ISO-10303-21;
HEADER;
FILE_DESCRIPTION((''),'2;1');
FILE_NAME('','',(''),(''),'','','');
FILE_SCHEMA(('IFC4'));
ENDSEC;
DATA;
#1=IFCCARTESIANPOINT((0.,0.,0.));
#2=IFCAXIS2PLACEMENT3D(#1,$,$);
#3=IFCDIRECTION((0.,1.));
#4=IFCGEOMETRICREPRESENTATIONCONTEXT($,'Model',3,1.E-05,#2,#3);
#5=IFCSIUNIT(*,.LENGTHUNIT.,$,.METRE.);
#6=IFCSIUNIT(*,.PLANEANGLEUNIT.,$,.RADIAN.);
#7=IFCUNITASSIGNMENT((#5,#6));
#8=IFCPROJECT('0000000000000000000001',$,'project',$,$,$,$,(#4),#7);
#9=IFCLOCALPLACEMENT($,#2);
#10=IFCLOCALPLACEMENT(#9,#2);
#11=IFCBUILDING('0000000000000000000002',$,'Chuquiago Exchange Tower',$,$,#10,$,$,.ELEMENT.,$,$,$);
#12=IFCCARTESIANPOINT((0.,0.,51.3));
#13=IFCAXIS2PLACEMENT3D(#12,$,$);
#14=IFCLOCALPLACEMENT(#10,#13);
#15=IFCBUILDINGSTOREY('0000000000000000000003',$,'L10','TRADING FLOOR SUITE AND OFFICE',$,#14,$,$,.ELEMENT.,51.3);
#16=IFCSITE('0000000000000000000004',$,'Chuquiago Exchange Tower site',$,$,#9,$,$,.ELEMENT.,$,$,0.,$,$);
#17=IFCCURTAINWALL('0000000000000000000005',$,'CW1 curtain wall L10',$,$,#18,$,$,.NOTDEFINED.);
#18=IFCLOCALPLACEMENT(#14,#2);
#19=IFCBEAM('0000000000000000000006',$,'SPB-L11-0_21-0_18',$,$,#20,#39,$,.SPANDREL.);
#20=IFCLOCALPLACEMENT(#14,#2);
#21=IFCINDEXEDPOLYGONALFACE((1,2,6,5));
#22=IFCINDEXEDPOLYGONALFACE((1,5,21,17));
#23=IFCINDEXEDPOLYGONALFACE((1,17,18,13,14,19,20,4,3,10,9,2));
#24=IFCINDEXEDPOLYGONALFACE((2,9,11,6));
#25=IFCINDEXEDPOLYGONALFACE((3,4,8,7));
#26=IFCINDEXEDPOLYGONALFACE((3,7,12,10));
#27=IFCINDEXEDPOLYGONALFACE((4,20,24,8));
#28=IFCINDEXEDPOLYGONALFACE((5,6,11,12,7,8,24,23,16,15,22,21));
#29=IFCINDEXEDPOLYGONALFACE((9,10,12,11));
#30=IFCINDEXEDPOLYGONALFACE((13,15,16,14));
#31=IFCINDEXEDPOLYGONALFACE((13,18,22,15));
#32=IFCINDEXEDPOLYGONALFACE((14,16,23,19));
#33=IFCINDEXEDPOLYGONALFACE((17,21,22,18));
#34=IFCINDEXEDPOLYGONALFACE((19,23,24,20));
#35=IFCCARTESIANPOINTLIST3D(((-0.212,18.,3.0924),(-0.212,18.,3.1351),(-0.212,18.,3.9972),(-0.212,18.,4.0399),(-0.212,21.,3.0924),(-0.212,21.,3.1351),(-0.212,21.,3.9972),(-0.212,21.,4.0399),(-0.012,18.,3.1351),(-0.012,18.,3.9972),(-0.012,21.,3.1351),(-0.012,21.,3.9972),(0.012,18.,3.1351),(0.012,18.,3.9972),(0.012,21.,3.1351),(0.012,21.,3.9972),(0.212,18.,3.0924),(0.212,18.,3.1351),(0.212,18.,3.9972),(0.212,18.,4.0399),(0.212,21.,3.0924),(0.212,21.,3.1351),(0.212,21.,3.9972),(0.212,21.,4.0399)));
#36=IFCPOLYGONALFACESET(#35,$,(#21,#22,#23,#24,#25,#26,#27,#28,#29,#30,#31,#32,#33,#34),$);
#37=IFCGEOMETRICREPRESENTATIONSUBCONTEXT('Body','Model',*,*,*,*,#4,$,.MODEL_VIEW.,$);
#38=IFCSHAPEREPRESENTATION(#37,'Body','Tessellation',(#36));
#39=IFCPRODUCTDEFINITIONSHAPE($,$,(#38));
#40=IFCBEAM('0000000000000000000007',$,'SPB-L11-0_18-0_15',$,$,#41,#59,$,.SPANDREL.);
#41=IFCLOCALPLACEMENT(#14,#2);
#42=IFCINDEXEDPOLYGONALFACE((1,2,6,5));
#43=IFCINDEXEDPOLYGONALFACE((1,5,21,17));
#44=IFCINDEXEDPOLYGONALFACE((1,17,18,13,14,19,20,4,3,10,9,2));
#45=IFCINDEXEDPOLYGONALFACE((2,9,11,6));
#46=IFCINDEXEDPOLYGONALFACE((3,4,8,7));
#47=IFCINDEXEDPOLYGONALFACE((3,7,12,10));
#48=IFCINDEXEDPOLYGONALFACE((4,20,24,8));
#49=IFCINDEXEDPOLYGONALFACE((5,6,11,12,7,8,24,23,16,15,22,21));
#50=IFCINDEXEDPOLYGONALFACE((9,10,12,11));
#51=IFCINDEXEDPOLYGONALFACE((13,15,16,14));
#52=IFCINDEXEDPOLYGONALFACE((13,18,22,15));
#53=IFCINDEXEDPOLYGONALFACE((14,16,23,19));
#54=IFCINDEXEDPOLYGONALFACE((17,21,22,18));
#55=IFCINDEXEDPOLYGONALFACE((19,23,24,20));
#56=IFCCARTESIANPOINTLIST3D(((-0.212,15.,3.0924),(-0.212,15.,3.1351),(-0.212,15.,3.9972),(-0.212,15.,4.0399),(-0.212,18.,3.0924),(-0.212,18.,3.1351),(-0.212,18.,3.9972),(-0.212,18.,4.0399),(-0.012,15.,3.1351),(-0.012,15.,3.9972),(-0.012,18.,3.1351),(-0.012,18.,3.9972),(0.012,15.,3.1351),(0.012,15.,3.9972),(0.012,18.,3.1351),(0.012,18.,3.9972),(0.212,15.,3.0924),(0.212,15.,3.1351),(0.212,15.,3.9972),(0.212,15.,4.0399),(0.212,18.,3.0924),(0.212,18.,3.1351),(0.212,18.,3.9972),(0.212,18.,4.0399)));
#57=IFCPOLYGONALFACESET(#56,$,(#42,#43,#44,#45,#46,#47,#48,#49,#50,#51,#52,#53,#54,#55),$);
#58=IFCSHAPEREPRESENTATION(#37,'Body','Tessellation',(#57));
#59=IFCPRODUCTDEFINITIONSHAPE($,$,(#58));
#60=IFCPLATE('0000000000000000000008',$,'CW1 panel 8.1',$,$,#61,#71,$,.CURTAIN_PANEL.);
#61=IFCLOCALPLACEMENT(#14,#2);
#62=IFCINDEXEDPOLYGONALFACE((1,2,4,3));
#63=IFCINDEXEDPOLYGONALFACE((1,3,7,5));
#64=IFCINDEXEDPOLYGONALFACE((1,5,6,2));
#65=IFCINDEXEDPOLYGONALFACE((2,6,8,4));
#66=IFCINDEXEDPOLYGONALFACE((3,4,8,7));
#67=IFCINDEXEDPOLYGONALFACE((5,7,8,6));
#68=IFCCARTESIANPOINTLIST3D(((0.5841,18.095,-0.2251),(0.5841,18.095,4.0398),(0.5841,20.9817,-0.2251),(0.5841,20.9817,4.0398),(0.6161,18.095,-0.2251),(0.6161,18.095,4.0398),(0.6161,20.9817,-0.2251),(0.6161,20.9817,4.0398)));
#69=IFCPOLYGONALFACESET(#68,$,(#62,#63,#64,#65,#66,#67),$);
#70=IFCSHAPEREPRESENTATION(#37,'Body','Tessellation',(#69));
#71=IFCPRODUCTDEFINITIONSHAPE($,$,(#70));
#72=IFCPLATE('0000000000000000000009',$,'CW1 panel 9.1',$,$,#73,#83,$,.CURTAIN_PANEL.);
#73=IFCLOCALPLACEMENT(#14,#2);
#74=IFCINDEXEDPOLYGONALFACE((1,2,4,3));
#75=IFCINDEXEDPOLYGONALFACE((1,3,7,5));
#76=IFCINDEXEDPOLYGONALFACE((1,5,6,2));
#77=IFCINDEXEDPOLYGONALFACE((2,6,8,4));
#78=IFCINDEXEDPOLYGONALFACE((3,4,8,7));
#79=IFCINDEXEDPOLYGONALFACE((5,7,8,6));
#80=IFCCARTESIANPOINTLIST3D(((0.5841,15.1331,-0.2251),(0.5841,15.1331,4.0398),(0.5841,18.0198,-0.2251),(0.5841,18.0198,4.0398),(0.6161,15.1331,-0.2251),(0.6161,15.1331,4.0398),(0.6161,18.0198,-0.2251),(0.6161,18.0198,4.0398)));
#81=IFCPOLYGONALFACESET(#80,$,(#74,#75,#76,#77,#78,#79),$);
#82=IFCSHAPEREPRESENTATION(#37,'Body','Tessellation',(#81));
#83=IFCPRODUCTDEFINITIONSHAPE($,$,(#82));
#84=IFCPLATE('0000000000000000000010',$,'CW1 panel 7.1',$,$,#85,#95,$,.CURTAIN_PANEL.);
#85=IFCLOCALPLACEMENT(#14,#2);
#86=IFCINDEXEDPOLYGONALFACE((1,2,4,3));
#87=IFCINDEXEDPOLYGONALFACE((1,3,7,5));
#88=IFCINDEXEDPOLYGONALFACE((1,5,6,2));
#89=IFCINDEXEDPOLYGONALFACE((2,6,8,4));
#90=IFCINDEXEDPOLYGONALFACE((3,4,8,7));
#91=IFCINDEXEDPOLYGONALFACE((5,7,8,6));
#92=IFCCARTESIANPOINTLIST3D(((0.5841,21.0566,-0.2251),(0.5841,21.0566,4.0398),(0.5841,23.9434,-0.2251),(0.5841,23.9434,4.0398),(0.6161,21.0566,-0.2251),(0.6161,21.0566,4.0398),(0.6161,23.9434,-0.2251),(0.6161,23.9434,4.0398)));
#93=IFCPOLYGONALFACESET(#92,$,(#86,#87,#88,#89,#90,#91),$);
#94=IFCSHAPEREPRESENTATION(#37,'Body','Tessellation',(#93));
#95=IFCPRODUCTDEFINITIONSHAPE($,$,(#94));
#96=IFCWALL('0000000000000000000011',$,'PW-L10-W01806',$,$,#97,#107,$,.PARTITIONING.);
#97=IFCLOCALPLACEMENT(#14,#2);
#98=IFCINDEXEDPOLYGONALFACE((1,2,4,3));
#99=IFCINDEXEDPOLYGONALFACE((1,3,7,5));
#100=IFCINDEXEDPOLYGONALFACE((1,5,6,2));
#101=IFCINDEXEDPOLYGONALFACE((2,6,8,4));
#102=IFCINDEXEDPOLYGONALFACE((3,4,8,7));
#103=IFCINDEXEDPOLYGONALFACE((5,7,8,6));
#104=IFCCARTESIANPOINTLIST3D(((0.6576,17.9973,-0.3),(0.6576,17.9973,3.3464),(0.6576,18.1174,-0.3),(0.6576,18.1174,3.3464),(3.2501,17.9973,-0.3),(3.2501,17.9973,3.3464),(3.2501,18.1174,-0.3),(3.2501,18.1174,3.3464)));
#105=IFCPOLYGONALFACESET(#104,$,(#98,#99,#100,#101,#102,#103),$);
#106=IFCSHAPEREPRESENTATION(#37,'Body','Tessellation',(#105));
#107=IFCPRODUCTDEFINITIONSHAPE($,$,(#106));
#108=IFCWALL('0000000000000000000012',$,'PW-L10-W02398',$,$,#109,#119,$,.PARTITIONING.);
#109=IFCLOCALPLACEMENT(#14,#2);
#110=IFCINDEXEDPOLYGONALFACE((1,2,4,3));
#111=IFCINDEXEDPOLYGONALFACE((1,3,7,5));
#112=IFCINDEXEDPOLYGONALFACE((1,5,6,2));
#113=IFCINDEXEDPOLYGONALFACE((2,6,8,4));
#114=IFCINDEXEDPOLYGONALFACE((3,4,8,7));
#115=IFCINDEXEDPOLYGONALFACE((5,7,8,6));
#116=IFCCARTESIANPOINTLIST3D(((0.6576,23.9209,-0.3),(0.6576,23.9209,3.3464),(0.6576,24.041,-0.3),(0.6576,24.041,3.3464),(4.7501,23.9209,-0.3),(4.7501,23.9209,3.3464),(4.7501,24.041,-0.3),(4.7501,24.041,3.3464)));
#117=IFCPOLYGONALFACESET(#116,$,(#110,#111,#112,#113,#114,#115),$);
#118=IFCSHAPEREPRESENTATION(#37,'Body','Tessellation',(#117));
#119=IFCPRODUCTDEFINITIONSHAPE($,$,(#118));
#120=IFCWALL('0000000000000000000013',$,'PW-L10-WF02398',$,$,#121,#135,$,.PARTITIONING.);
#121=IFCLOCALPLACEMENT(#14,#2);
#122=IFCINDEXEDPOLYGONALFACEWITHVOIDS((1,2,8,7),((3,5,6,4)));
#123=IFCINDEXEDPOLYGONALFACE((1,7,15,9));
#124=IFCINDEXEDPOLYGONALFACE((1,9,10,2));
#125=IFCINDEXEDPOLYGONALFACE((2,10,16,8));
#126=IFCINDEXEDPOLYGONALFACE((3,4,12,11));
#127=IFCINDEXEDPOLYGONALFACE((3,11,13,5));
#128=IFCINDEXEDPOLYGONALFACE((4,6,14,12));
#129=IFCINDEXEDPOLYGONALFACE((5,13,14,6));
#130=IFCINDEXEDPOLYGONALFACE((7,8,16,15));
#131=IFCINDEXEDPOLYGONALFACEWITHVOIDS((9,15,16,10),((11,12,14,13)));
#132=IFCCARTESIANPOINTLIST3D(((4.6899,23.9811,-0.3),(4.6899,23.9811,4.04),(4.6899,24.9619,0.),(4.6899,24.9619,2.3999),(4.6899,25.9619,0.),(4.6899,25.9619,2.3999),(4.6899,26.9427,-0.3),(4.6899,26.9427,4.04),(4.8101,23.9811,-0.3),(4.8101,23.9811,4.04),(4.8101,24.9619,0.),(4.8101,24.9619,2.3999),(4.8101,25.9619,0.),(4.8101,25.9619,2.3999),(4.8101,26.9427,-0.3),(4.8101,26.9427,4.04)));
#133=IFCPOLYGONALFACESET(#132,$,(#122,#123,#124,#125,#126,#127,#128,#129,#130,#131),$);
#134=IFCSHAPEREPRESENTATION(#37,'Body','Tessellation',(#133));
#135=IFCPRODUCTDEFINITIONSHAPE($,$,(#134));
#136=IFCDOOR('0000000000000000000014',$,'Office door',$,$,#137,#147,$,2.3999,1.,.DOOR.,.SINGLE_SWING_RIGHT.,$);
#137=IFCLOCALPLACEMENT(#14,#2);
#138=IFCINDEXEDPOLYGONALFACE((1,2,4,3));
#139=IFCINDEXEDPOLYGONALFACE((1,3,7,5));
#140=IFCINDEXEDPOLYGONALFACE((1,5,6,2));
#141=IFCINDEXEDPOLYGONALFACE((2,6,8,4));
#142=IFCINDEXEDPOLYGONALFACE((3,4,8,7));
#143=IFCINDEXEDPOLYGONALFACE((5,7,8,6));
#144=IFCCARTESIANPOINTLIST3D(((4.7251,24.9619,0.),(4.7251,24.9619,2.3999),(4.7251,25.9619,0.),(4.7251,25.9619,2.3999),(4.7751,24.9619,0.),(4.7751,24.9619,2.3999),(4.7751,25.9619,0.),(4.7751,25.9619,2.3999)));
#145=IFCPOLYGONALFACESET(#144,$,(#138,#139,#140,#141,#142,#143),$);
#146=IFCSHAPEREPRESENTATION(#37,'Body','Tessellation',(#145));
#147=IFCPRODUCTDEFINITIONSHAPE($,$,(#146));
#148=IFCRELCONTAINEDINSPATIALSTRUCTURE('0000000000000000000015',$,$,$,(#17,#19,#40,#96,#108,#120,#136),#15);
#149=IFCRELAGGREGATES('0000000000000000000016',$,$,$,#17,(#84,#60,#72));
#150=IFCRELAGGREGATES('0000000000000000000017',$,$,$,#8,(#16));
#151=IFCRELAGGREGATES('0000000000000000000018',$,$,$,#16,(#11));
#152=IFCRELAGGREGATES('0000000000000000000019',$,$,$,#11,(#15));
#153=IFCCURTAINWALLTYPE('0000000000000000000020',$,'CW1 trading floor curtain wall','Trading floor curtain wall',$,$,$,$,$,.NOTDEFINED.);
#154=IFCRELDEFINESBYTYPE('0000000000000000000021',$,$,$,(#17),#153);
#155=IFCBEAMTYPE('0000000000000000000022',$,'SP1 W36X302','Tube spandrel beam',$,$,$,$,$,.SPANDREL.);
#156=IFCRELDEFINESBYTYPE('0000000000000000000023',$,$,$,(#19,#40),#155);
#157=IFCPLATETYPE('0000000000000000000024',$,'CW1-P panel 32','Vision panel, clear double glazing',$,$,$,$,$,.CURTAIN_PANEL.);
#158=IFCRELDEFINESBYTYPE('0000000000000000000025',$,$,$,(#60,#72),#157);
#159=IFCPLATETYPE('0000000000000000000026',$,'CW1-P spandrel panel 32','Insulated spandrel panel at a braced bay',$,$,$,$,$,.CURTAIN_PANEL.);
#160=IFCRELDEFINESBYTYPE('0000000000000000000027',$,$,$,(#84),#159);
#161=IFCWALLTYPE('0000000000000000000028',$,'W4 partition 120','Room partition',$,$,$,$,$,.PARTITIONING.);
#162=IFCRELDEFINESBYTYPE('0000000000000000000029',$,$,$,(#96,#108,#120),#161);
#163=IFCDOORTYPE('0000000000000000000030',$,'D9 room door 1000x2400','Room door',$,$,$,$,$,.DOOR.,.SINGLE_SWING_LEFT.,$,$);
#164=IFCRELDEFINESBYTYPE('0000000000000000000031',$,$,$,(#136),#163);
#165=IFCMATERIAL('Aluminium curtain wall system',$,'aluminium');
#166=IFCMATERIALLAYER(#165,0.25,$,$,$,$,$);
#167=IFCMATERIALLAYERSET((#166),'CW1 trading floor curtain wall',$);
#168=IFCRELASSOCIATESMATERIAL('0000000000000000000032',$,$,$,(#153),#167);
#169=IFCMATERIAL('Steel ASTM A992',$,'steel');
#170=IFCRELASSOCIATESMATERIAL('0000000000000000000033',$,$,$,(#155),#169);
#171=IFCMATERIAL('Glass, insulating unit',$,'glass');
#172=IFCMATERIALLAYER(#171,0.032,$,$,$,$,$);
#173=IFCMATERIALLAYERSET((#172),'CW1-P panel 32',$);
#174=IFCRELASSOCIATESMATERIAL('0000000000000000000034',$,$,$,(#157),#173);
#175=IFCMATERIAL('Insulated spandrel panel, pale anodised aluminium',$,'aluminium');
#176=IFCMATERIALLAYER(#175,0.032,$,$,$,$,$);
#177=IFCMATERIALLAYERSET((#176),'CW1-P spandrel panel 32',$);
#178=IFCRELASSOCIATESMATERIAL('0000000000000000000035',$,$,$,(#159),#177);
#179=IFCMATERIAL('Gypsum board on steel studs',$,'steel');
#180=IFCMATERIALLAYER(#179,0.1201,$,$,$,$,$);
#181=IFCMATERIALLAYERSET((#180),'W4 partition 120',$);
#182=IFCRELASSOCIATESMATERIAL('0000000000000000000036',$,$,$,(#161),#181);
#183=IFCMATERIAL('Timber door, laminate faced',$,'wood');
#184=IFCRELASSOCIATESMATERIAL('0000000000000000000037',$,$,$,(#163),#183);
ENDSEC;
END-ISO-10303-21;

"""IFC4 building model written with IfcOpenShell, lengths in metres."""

from ifc_helpers import new_model, si_unit, direction, frame, frame_2d, origin, origin_2d, place, context, subcontext, project, spatial, rectangle, i_section, extrude, material, layer, layer_set, material_profile, profile_set, type_object, element, fill, aggregate, save


model = new_model("IFC4")

# Units and contexts
model_context = context("Model", 3, precision=1e-05, world=origin(), true_north=direction((0.0, 1.0)))
body_context = subcontext(model_context, "Body", "Model", "MODEL_VIEW")
ifc_project = project(units=[si_unit("LENGTHUNIT", "METRE"), si_unit("PLANEANGLEUNIT", "RADIAN")], contexts=[model_context])

# Site, building, storey
site_placement = place(None, origin())
site = spatial("IfcSite", under=ifc_project, at=site_placement, Name="Chuquiago Exchange Tower site", CompositionType="ELEMENT", RefElevation=0.0)
building_placement = place(site_placement, origin())
building = spatial("IfcBuilding", under=site, at=building_placement, Name="Chuquiago Exchange Tower", CompositionType="ELEMENT")
storey_placement = place(building_placement, frame((0.0, 0.0, 51.3)))
storey = spatial("IfcBuildingStorey", under=building, at=storey_placement, Name="L10", Description="TRADING FLOOR SUITE AND OFFICE", CompositionType="ELEMENT", Elevation=51.3)

# Curtain wall
ifc_material_1 = material(Name="Aluminium curtain wall system", Category="aluminium")
ifc_layer_1 = layer(ifc_material_1, 0.25)
ifc_layer_set_1 = layer_set([ifc_layer_1], Name="CW1 trading floor curtain wall")
curtain_wall_type = type_object("IfcCurtainWallType", Name="CW1 trading floor curtain wall", Description="Trading floor curtain wall", PredefinedType="NOTDEFINED", material=ifc_layer_set_1)
curtain_wall_placement = place(storey_placement, origin())
curtain_wall = element("IfcCurtainWall", 1, at=curtain_wall_placement, inside=storey, type_object=curtain_wall_type, Name="CW1 curtain wall L10", PredefinedType="NOTDEFINED")

# Beams
ifc_material_2 = material(Name="Steel ASTM A992", Category="steel")
ifc_material_profile_1 = material_profile(ifc_material_2, i_section(OverallWidth=0.4241, OverallDepth=0.9475, WebThickness=0.0239, FlangeThickness=0.0427, at=origin_2d()), Name="W36X302")
ifc_profile_set_1 = profile_set([ifc_material_profile_1], Name="Steel ASTM A992")
beam_type = type_object("IfcBeamType", Name="SP1 W36X302", Description="Tube spandrel beam", PredefinedType="SPANDREL", material=ifc_profile_set_1)
for number, where, z_axis, x_axis, name in (
    (2, (0.0, 21.0, 3.5662), (0.0, -1.0, 0.0), (1.0, 0.0, 0.0), "SPB-L11-0_21-0_18"),
    (3, (0.0, 18.0, 3.5662), (0.0, -1.0, 0.0), (1.0, 0.0, 0.0), "SPB-L11-0_18-0_15"),
):
    element("IfcBeam", number, at=place(storey_placement, frame(where, z_axis=z_axis, x_axis=x_axis)), inside=storey, type_object=beam_type, Name=name, PredefinedType="SPANDREL", context=body_context, shape_type="SweptSolid", body=[
        extrude(i_section(OverallWidth=0.4241, OverallDepth=0.9475, WebThickness=0.0239, FlangeThickness=0.0427, at=origin_2d()), origin(), (0.0, 0.0, 1.0), 3.0),
    ])

# Plates
ifc_material_3 = material(Name="Glass, insulating unit", Category="glass")
ifc_layer_2 = layer(ifc_material_3, 0.032)
ifc_layer_set_2 = layer_set([ifc_layer_2], Name="CW1-P panel 32")
plate_type_1 = type_object("IfcPlateType", Name="CW1-P panel 32", Description="Vision panel, clear double glazing", PredefinedType="CURTAIN_PANEL", material=ifc_layer_set_2)
plate_1_placement = place(storey_placement, frame((0.6001, 19.5383, -0.2251), z_axis=(0.0, 0.0, 1.0), x_axis=(0.0, -1.0, 0.0)))
plate_1 = element("IfcPlate", 4, at=plate_1_placement, type_object=plate_type_1, Name="CW1 panel 8.1", PredefinedType="CURTAIN_PANEL", context=body_context, shape_type="SweptSolid", body=[
    extrude(rectangle(XDim=2.8867, YDim=0.032, at=origin_2d()), origin(), (0.0, 0.0, 1.0), 4.2649),
])
plate_2_placement = place(storey_placement, frame((0.6001, 16.5764, -0.2251), z_axis=(0.0, 0.0, 1.0), x_axis=(0.0, -1.0, 0.0)))
plate_2 = element("IfcPlate", 5, at=plate_2_placement, type_object=plate_type_1, Name="CW1 panel 9.1", PredefinedType="CURTAIN_PANEL", context=body_context, shape_type="SweptSolid", body=[
    extrude(rectangle(XDim=2.8867, YDim=0.032, at=origin_2d()), origin(), (0.0, 0.0, 1.0), 4.2649),
])
ifc_material_4 = material(Name="Insulated spandrel panel, pale anodised aluminium", Category="aluminium")
ifc_layer_3 = layer(ifc_material_4, 0.032)
ifc_layer_set_3 = layer_set([ifc_layer_3], Name="CW1-P spandrel panel 32")
plate_type_2 = type_object("IfcPlateType", Name="CW1-P spandrel panel 32", Description="Insulated spandrel panel at a braced bay", PredefinedType="CURTAIN_PANEL", material=ifc_layer_set_3)
plate_3_placement = place(storey_placement, frame((0.6001, 22.5, -0.2251), z_axis=(0.0, 0.0, 1.0), x_axis=(0.0, -1.0, 0.0)))
plate_3 = element("IfcPlate", 6, at=plate_3_placement, type_object=plate_type_2, Name="CW1 panel 7.1", PredefinedType="CURTAIN_PANEL", context=body_context, shape_type="SweptSolid", body=[
    extrude(rectangle(XDim=2.8867, YDim=0.032, at=origin_2d()), origin(), (0.0, 0.0, 1.0), 4.2649),
])
aggregate(curtain_wall, [plate_3, plate_1, plate_2])

# Walls
ifc_material_5 = material(Name="Gypsum board on steel studs", Category="steel")
ifc_layer_4 = layer(ifc_material_5, 0.1201)
ifc_layer_set_4 = layer_set([ifc_layer_4], Name="W4 partition 120")
wall_type = type_object("IfcWallType", Name="W4 partition 120", Description="Room partition", PredefinedType="PARTITIONING", material=ifc_layer_set_4)
wall_1_placement = place(storey_placement, frame((0.6575, 18.0574, -0.3), z_axis=(0.0, 0.0, 1.0), x_axis=(1.0, 0.0, 0.0)))
element("IfcWall", 7, at=wall_1_placement, inside=storey, type_object=wall_type, Name="PW-L10-W01806", PredefinedType="PARTITIONING", context=body_context, shape_type="SweptSolid", body=[
    extrude(rectangle(XDim=2.5925, YDim=0.1201, at=frame_2d((1.2964, 0.0))), origin(), (0.0, 0.0, 1.0), 3.6465),
])
wall_2_placement = place(storey_placement, frame((0.6575, 23.981, -0.3), z_axis=(0.0, 0.0, 1.0), x_axis=(1.0, 0.0, 0.0)))
element("IfcWall", 8, at=wall_2_placement, inside=storey, type_object=wall_type, Name="PW-L10-W02398", PredefinedType="PARTITIONING", context=body_context, shape_type="SweptSolid", body=[
    extrude(rectangle(XDim=4.0925, YDim=0.1201, at=frame_2d((2.0464, 0.0))), origin(), (0.0, 0.0, 1.0), 3.6465),
])

# Wall, opening, door
wall_3_placement = place(storey_placement, frame((4.75, 23.981, -0.3), z_axis=(0.0, 0.0, 1.0), x_axis=(0.0, 1.0, 0.0)))
wall_3 = element("IfcWall", 9, at=wall_3_placement, inside=storey, type_object=wall_type, Name="PW-L10-WF02398", PredefinedType="PARTITIONING", context=body_context, shape_type="SweptSolid", body=[
    extrude(rectangle(XDim=2.9617, YDim=0.1201, at=frame_2d((1.481, 0.0))), origin(), (0.0, 0.0, 1.0), 4.3401),
])
opening_placement = place(wall_3_placement, frame((0.981, 0.0, 0.3)))
opening = element("IfcOpeningElement", 10, at=opening_placement, cuts=wall_3, PredefinedType="OPENING", context=body_context, shape_type="SweptSolid", body=[
    extrude(rectangle(XDim=1.0, YDim=2.3999, at=frame_2d((0.5, 1.2))), frame((0.0, 0.0701, 0.0), z_axis=(0.0, -1.0, 0.0), x_axis=(1.0, 0.0, 0.0)), (0.0, 0.0, 1.0), 0.1401),
])
ifc_material_6 = material(Name="Timber door, laminate faced", Category="wood")
door_type = type_object("IfcDoorType", Name="D9 room door 1000x2400", Description="Room door", OperationType="SINGLE_SWING_LEFT", PredefinedType="DOOR", material=ifc_material_6)
door_placement = place(opening_placement, origin())
door = element("IfcDoor", 11, at=door_placement, inside=storey, type_object=door_type, Name="Office door", OperationType="SINGLE_SWING_RIGHT", OverallHeight=2.3999, OverallWidth=1.0, PredefinedType="DOOR", context=body_context, shape_type="SweptSolid", body=[
    extrude(rectangle(XDim=1.0, YDim=2.3999, at=frame_2d((0.5, 1.2))), frame((0.0, 0.0249, 0.0), z_axis=(0.0, -1.0, 0.0), x_axis=(1.0, 0.0, 0.0)), (0.0, 0.0, 1.0), 0.05),
])
fill(opening, door)

save(model, "model.ifc")
